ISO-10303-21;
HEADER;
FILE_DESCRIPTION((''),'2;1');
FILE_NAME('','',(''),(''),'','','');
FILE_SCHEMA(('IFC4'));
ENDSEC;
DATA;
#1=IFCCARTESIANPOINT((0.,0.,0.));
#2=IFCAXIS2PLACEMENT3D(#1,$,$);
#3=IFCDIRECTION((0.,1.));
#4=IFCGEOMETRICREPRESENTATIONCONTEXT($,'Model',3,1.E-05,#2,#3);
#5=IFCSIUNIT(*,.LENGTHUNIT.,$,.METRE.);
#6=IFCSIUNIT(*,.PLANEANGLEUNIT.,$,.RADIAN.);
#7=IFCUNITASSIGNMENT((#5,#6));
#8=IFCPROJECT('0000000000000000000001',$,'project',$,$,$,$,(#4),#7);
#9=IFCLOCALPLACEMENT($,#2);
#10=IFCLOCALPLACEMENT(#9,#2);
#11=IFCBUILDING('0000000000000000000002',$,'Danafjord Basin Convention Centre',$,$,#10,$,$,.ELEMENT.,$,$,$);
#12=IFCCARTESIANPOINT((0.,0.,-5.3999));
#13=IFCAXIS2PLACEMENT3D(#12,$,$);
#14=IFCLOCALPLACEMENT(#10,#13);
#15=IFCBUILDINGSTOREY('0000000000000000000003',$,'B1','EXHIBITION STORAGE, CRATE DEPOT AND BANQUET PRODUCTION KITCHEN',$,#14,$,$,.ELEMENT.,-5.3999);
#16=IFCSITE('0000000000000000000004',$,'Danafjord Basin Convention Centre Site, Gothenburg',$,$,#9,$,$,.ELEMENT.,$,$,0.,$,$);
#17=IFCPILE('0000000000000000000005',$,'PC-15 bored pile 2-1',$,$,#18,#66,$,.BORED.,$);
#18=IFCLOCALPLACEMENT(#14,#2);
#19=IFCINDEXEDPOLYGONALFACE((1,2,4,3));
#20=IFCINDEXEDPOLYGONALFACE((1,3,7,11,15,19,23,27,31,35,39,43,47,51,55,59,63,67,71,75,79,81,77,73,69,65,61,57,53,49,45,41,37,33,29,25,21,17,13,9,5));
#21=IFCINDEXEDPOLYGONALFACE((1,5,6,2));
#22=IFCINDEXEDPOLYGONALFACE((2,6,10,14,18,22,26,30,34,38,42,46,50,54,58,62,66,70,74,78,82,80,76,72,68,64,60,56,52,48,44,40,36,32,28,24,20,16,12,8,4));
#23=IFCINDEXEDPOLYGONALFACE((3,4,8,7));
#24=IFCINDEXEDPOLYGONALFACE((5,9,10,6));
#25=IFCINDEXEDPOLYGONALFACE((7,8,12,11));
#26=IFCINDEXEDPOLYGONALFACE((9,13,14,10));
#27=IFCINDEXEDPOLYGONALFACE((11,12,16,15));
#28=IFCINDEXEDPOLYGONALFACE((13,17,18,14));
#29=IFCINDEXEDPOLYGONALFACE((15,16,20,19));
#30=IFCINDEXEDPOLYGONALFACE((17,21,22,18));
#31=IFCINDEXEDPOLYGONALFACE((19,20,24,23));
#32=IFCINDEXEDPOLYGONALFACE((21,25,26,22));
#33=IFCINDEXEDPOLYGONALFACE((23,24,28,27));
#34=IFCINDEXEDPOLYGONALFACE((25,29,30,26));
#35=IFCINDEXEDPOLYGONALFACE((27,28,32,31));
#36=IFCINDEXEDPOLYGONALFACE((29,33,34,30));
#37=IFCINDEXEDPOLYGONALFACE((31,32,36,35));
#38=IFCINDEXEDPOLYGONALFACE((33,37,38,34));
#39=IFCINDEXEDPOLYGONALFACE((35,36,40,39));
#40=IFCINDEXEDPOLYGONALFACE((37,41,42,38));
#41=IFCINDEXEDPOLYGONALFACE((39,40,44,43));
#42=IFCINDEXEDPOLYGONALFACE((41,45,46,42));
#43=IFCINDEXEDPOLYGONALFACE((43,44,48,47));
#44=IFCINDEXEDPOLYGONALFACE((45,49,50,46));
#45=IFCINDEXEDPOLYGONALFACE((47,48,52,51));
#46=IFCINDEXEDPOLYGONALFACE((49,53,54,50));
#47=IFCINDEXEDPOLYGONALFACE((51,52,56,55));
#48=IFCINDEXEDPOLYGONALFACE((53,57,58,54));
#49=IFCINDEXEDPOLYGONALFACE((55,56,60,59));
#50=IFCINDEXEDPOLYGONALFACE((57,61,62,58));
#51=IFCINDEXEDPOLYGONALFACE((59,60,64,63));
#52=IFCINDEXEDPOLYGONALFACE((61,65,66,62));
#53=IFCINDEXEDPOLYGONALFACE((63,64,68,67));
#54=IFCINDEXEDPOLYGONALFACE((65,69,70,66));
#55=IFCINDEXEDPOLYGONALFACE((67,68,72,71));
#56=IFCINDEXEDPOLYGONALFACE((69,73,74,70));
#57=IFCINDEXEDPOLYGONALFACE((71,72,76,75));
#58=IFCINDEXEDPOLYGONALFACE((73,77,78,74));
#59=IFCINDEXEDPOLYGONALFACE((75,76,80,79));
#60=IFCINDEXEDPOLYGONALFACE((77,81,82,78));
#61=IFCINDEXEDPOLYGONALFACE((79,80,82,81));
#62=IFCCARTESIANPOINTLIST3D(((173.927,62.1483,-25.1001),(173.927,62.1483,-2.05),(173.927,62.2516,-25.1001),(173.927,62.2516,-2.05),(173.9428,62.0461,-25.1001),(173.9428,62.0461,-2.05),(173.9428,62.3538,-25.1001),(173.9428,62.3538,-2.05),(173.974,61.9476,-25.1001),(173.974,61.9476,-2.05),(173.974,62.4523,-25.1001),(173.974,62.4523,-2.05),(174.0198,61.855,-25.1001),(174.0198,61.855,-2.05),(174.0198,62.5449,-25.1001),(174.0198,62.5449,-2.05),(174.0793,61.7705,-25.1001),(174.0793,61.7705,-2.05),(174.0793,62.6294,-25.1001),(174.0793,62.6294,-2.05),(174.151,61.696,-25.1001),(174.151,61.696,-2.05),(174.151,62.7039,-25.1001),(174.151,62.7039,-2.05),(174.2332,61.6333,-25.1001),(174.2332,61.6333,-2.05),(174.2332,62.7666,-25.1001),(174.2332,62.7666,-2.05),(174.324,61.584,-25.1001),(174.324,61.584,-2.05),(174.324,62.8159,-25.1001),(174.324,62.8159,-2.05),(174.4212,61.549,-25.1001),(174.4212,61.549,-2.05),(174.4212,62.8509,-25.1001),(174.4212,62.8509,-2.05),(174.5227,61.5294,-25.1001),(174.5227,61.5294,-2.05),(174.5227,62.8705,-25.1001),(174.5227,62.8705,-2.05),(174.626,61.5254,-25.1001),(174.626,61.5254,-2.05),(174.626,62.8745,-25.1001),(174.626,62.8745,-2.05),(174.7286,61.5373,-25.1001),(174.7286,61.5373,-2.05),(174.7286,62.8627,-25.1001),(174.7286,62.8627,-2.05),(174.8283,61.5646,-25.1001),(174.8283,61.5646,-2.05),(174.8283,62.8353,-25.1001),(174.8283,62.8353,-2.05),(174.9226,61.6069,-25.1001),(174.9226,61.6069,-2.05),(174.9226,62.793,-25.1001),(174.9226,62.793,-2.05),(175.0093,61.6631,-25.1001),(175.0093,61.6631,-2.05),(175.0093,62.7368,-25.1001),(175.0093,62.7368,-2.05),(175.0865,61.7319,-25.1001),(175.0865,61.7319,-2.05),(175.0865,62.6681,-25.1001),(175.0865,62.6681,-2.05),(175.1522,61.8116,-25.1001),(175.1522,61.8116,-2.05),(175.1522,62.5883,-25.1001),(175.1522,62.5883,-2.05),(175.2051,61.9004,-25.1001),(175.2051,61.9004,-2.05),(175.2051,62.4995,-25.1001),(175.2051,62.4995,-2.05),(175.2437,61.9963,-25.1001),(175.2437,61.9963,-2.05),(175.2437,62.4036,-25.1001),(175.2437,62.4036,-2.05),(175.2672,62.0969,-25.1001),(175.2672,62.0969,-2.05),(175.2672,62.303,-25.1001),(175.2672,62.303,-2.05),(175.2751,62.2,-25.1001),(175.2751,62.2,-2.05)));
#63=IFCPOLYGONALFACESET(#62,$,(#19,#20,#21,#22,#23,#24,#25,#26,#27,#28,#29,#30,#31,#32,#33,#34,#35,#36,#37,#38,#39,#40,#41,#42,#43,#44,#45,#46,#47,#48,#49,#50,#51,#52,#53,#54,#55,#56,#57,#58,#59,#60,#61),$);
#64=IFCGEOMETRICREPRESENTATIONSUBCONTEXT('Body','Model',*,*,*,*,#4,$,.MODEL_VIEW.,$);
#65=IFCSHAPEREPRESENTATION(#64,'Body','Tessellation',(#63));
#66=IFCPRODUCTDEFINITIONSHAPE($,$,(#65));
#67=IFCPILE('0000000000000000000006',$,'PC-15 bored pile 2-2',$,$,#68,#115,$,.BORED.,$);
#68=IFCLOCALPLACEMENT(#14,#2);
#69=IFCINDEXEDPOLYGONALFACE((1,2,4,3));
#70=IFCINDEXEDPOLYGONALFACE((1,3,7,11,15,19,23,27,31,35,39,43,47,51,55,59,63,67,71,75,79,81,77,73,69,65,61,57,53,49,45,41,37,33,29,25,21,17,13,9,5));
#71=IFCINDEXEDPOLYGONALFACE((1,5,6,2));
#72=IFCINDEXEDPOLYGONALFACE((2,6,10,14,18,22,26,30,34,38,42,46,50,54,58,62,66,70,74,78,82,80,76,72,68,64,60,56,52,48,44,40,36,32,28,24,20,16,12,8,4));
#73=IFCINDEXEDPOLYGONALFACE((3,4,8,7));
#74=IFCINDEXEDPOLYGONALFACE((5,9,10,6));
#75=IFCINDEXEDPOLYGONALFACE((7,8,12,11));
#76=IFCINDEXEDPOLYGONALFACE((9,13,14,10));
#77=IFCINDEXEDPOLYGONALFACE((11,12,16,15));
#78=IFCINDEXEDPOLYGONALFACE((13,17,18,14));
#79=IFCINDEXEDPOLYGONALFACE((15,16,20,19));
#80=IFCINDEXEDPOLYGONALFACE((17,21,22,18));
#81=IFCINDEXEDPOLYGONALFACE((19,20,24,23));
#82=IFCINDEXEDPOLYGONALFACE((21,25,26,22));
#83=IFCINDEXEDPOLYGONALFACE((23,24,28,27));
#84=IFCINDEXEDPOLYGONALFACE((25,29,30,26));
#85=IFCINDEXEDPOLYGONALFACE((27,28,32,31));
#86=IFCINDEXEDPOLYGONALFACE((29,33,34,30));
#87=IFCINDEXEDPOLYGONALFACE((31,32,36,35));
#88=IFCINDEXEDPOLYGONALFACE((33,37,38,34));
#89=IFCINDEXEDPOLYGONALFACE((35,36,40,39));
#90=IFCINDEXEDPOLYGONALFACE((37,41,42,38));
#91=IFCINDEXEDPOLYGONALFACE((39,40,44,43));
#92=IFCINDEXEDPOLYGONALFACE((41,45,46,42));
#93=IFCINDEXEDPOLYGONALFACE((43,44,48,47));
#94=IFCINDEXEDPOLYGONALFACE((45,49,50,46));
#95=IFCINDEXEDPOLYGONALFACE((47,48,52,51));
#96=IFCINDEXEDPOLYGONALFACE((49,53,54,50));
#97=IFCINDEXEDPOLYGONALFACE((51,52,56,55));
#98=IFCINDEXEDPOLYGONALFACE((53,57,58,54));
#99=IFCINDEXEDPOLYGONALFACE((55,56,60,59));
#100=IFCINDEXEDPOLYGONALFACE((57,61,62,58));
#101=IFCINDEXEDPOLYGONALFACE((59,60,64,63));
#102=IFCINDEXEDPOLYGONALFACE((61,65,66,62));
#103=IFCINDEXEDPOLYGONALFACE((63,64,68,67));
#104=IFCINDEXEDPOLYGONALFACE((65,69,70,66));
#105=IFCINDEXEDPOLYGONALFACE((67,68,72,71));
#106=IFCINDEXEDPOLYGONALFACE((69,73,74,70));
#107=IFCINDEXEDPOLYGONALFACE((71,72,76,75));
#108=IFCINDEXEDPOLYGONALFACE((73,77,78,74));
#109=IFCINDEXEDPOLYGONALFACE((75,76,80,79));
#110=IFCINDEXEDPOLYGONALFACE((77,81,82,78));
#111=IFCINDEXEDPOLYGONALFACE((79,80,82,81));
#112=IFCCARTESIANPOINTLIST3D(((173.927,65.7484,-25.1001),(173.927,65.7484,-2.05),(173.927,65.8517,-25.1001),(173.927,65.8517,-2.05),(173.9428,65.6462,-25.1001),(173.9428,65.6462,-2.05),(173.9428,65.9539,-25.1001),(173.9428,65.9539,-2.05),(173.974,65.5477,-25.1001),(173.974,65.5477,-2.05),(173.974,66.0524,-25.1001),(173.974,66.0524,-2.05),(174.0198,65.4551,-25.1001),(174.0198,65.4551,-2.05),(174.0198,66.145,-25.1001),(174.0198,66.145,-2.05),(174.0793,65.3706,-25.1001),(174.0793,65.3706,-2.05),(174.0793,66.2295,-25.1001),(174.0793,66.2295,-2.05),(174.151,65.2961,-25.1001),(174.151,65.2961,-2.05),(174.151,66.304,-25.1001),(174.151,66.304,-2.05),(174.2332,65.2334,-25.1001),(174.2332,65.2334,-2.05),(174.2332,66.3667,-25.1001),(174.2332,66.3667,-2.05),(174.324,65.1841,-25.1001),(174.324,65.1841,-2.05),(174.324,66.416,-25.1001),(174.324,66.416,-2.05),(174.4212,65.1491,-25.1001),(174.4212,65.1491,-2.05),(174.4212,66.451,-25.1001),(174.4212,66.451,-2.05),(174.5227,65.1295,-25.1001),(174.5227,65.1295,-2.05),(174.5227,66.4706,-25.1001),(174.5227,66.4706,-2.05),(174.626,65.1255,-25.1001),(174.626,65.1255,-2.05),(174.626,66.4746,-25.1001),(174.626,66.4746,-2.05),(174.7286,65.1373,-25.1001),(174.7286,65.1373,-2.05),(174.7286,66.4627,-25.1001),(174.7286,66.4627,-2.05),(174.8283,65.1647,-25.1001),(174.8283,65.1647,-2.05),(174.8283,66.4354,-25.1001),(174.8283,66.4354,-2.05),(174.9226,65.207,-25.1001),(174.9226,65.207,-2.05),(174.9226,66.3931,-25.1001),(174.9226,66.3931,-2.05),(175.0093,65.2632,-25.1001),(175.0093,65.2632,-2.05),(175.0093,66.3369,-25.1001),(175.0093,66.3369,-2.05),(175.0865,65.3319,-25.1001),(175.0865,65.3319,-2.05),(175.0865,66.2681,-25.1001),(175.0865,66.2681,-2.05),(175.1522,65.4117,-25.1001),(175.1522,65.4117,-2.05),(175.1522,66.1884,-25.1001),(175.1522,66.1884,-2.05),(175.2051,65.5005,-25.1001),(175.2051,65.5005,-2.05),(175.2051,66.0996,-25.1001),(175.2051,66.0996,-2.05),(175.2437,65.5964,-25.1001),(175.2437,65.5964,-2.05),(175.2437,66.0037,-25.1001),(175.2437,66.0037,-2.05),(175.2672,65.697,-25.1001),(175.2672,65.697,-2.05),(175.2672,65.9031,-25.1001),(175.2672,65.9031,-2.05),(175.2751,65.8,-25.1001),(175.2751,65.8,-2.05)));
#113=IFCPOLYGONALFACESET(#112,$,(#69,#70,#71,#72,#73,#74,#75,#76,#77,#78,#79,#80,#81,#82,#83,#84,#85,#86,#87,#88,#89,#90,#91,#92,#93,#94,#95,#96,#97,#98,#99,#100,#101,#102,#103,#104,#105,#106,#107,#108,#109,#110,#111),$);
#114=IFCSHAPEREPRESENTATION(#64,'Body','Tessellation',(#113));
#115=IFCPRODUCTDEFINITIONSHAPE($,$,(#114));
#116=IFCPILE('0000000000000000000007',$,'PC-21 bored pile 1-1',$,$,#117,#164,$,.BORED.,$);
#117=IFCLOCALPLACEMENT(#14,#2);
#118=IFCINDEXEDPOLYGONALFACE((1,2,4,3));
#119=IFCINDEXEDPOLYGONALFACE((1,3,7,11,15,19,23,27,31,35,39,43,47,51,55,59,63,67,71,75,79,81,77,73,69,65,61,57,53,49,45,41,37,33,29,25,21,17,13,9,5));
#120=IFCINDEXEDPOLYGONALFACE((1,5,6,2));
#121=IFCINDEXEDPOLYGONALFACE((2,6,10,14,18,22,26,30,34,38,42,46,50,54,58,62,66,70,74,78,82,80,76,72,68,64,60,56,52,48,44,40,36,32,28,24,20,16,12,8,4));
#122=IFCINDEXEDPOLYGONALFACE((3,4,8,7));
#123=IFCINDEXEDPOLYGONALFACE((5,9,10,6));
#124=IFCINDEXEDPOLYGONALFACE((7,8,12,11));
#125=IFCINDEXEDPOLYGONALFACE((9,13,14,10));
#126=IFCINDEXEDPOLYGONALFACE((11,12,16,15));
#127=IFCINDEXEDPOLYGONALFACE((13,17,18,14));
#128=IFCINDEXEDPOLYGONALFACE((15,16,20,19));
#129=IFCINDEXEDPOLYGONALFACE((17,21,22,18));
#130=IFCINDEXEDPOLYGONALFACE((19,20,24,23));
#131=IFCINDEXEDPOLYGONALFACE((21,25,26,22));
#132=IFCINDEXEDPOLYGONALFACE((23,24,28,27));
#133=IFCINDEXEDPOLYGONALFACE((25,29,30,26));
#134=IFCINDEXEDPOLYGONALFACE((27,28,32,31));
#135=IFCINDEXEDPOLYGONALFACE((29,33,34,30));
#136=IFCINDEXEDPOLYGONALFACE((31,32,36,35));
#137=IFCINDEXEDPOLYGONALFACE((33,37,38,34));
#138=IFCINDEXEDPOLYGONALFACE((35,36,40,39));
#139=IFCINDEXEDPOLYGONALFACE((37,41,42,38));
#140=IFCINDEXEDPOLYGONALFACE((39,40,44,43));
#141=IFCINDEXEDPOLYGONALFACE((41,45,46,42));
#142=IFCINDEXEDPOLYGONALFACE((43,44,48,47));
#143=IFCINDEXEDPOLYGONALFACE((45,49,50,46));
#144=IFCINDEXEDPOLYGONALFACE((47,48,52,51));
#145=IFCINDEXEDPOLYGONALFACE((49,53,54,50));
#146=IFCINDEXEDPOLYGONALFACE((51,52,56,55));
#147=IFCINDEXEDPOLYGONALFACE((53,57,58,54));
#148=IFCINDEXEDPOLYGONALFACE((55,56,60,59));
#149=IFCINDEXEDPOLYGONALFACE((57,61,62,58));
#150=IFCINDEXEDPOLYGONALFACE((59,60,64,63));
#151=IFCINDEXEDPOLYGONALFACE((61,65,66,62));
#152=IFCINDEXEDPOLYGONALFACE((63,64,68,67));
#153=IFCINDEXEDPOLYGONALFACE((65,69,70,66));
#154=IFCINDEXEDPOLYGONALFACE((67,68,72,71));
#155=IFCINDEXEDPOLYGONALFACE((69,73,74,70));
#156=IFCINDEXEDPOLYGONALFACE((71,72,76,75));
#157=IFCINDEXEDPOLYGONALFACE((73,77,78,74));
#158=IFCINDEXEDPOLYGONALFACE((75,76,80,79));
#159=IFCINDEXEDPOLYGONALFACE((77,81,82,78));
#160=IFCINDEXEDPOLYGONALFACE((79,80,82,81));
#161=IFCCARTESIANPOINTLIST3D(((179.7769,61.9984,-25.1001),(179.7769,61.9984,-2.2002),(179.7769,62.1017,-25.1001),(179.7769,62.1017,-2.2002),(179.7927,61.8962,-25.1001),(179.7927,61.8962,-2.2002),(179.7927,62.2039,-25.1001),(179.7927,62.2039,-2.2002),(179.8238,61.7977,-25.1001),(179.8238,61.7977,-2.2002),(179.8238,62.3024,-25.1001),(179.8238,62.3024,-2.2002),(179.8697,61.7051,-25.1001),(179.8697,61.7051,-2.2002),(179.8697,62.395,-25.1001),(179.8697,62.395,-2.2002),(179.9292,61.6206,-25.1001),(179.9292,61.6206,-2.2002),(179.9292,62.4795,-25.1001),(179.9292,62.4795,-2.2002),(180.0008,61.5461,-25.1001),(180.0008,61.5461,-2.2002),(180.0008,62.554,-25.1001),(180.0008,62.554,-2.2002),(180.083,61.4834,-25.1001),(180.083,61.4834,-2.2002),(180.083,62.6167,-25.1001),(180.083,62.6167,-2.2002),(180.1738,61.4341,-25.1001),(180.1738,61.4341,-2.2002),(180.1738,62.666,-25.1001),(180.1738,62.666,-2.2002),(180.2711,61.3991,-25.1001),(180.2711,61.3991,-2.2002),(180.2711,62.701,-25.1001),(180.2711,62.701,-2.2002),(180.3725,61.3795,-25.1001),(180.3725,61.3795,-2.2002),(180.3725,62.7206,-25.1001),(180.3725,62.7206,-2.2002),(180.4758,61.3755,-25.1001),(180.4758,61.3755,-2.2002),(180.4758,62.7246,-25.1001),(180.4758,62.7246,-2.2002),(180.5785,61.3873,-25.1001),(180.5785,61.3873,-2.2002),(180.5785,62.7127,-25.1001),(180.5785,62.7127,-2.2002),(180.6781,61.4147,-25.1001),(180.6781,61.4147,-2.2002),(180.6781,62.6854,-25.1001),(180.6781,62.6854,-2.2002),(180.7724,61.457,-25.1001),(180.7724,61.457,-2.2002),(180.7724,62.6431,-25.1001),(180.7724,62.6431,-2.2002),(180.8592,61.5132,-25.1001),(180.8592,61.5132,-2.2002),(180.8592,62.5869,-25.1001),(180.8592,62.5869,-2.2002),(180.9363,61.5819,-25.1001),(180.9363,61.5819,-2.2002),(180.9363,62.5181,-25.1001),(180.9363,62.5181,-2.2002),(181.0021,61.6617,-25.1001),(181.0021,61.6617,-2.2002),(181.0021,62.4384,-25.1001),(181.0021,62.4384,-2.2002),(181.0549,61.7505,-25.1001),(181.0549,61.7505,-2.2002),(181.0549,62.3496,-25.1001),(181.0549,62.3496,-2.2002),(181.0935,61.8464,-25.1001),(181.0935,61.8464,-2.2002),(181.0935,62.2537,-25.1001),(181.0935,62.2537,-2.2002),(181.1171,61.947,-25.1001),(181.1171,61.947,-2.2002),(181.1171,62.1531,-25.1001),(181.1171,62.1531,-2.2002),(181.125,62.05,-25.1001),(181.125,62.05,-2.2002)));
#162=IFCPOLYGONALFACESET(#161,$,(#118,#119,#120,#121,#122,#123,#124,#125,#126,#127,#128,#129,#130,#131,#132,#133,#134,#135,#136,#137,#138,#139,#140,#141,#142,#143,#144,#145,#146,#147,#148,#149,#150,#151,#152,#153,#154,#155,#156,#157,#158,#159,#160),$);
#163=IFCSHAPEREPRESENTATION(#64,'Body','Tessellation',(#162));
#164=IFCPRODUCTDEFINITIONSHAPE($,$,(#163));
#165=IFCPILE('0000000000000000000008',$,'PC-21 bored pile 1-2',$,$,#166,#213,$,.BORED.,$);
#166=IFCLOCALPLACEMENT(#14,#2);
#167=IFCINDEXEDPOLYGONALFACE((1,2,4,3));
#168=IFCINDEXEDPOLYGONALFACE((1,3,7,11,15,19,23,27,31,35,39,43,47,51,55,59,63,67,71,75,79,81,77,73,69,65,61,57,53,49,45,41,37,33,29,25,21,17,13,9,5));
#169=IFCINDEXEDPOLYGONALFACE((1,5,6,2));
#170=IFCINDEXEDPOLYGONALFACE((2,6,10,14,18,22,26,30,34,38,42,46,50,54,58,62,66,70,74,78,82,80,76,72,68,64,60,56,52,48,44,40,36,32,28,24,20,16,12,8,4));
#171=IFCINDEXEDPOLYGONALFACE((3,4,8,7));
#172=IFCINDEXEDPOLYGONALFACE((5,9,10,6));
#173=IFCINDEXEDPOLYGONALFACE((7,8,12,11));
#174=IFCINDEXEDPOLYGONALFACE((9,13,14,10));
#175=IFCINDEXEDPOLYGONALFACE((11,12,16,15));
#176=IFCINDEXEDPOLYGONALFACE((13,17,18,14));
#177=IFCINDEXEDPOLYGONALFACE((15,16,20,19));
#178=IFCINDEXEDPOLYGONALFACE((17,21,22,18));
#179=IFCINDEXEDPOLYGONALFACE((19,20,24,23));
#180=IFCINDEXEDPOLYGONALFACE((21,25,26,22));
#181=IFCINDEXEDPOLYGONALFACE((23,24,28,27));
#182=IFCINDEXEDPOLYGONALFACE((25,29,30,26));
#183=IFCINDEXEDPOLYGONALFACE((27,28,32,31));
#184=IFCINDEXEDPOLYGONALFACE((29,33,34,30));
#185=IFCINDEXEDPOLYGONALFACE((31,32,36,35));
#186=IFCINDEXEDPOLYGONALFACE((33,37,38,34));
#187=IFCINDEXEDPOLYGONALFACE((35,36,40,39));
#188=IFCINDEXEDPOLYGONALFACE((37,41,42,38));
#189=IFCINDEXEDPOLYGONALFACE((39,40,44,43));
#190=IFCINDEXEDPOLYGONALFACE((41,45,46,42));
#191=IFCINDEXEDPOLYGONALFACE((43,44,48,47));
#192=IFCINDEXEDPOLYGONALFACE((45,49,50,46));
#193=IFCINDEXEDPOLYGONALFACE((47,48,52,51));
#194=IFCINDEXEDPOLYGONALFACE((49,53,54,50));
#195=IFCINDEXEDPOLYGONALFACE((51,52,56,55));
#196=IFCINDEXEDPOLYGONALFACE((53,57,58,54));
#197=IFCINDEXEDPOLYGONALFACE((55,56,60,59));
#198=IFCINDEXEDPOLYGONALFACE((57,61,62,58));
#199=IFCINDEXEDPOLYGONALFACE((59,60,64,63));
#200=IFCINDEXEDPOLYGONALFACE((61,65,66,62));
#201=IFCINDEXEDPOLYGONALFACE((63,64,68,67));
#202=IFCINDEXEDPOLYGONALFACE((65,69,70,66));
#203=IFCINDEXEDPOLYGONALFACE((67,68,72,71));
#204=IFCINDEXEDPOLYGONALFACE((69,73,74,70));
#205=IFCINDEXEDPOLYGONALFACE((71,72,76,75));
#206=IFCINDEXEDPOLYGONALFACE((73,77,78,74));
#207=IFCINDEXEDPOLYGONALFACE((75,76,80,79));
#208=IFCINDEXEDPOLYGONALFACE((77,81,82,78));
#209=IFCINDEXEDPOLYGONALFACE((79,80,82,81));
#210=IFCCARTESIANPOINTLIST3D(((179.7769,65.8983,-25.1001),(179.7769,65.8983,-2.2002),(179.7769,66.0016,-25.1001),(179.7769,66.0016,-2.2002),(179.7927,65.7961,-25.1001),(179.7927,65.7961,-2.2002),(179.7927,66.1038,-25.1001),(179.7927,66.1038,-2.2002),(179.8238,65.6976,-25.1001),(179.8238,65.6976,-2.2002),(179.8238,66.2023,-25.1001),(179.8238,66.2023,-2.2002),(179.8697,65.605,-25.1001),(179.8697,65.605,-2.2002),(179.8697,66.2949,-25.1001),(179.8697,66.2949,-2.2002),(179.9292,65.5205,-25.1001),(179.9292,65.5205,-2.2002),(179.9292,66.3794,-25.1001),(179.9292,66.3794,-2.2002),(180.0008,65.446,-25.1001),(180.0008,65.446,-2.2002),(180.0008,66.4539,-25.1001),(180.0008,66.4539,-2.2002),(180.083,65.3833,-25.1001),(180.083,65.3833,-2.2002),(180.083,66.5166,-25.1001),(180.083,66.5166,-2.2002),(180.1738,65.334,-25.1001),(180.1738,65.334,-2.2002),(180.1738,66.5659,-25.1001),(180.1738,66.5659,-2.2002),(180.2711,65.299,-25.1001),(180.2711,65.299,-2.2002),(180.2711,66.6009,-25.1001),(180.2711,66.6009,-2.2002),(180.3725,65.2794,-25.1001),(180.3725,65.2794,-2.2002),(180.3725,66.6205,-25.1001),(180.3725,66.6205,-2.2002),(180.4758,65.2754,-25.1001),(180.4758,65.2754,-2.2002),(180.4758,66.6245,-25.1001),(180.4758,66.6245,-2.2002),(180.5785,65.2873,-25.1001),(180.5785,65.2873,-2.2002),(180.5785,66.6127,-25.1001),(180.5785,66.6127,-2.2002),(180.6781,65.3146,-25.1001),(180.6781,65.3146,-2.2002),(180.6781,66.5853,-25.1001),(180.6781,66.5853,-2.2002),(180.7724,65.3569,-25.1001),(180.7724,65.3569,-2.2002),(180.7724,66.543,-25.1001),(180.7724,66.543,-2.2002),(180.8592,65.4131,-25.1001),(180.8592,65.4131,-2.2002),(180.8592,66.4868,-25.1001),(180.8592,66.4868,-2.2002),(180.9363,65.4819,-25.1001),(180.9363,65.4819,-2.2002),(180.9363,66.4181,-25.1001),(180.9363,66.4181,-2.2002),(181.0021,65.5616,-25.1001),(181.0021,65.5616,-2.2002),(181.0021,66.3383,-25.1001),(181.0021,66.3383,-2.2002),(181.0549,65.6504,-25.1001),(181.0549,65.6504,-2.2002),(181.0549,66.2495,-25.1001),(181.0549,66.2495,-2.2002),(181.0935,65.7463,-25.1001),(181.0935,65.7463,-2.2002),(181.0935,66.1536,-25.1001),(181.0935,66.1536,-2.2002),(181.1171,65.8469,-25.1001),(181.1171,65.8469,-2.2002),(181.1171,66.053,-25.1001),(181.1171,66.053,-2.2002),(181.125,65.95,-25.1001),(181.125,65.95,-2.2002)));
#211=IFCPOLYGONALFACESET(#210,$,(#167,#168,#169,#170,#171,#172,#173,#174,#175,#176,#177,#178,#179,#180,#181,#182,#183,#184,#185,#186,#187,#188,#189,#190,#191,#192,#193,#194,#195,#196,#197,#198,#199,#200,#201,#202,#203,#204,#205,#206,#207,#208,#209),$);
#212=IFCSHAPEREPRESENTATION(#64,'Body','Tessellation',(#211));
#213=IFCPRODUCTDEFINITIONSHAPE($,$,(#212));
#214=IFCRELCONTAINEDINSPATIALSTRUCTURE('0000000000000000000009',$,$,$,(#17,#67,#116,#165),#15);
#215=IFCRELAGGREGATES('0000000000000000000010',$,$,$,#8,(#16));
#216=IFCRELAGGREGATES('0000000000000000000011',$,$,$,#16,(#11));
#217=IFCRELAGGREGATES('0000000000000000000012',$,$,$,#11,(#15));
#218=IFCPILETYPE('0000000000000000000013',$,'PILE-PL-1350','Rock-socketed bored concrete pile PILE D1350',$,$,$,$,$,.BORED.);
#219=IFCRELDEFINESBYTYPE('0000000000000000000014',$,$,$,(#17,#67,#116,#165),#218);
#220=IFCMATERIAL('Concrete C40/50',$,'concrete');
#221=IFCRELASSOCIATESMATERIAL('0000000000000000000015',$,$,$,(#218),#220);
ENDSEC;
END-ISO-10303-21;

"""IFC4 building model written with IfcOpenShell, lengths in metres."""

from ifc_helpers import new_model, si_unit, direction, frame, origin, origin_2d, place, context, subcontext, project, spatial, circle, extrude, material, material_profile, profile_set, type_object, element, save


model = new_model("IFC4")

# Units and contexts
model_context = context("Model", 3, precision=1e-05, world=origin(), true_north=direction((0.0, 1.0)))
body_context = subcontext(model_context, "Body", "Model", "MODEL_VIEW")
ifc_project = project(units=[si_unit("LENGTHUNIT", "METRE"), si_unit("PLANEANGLEUNIT", "RADIAN")], contexts=[model_context])

# Site, building, storey
site_placement = place(None, origin())
site = spatial("IfcSite", under=ifc_project, at=site_placement, Name="Danafjord Basin Convention Centre Site, Gothenburg", CompositionType="ELEMENT", RefElevation=0.0)
building_placement = place(site_placement, origin())
building = spatial("IfcBuilding", under=site, at=building_placement, Name="Danafjord Basin Convention Centre", CompositionType="ELEMENT")
storey_placement = place(building_placement, frame((0.0, 0.0, -5.3999)))
storey = spatial("IfcBuildingStorey", under=building, at=storey_placement, Name="B1", Description="EXHIBITION STORAGE, CRATE DEPOT AND BANQUET PRODUCTION KITCHEN", CompositionType="ELEMENT", Elevation=-5.3999)

# Shared definitions
ifc_material_1 = material(Name="Concrete C40/50", Category="concrete")

# Piles
ifc_material_profile_1 = material_profile(ifc_material_1, circle(Radius=0.675, at=origin_2d()), Name="PILE D1350")
ifc_profile_set_1 = profile_set([ifc_material_profile_1], Name="Concrete C40/50")
pile_type_1 = type_object("IfcPileType", Name="PILE-PL-1350", Description="Rock-socketed bored concrete pile PILE D1350", PredefinedType="BORED", material=ifc_profile_set_1)
for number, where, z_axis, x_axis, name in (
    (1, (174.6001, 62.2, -2.05), (0.0, 0.0, -1.0), (1.0, 0.0, 0.0), "PC-15 bored pile 2-1"),
    (2, (174.6001, 65.8, -2.05), (0.0, 0.0, -1.0), (1.0, 0.0, 0.0), "PC-15 bored pile 2-2"),
):
    element("IfcPile", number, at=place(storey_placement, frame(where, z_axis=z_axis, x_axis=x_axis)), inside=storey, type_object=pile_type_1, Name=name, PredefinedType="BORED", context=body_context, shape_type="SweptSolid", body=[
        extrude(circle(Radius=0.675, at=origin_2d()), origin(), (0.0, 0.0, 1.0), 23.05),
    ])
for number, where, z_axis, x_axis, name in (
    (3, (180.45, 62.05, -2.2002), (0.0, 0.0, -1.0), (1.0, 0.0, 0.0), "PC-21 bored pile 1-1"),
    (4, (180.45, 65.95, -2.2002), (0.0, 0.0, -1.0), (1.0, 0.0, 0.0), "PC-21 bored pile 1-2"),
):
    element("IfcPile", number, at=place(storey_placement, frame(where, z_axis=z_axis, x_axis=x_axis)), inside=storey, type_object=pile_type_1, Name=name, PredefinedType="BORED", context=body_context, shape_type="SweptSolid", body=[
        extrude(circle(Radius=0.675, at=origin_2d()), origin(), (0.0, 0.0, 1.0), 22.8999),
    ])

save(model, "model.ifc")
